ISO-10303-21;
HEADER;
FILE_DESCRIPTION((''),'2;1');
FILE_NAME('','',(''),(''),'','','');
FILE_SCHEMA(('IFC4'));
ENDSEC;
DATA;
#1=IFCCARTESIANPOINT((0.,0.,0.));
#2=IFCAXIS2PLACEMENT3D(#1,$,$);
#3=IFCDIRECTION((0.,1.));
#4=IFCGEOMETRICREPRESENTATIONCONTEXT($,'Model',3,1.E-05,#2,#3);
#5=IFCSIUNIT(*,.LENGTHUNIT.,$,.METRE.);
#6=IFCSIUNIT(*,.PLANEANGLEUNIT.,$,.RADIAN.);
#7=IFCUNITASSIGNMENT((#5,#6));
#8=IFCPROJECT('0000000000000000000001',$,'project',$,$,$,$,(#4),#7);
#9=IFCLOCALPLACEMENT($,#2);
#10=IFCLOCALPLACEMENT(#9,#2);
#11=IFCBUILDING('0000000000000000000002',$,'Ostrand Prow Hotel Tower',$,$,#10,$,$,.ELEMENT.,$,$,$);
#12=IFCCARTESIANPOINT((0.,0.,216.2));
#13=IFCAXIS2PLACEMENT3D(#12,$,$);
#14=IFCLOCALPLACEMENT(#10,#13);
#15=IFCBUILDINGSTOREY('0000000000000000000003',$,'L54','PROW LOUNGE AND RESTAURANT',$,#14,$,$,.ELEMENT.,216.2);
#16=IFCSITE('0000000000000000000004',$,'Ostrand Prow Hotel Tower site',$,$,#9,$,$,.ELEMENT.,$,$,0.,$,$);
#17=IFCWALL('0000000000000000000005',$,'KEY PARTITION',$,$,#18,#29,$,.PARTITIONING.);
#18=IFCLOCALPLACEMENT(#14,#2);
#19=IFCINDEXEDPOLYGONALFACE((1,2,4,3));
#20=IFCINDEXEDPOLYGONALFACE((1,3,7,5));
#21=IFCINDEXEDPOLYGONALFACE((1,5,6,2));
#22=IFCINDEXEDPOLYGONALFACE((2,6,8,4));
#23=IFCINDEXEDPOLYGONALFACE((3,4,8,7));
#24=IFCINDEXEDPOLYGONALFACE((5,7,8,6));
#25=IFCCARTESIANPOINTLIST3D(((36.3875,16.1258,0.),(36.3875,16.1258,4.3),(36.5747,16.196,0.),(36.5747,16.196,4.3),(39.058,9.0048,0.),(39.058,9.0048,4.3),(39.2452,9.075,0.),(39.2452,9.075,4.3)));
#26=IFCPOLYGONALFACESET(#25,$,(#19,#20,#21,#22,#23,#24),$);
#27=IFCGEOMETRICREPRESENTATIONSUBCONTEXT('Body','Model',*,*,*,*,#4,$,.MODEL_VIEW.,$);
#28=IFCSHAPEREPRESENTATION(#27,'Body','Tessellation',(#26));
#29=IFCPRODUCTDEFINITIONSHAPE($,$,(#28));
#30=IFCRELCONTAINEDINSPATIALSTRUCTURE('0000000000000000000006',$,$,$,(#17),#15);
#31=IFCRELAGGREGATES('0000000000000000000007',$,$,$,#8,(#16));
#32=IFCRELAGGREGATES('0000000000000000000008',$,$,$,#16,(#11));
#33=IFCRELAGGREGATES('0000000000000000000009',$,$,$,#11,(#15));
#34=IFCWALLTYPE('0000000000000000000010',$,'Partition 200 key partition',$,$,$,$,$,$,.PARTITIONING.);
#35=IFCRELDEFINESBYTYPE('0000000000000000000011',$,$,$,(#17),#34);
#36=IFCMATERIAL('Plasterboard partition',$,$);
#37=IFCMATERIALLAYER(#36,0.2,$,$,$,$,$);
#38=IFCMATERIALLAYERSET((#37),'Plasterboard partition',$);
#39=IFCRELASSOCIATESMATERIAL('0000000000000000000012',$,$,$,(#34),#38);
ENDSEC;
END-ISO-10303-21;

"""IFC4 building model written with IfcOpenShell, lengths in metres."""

from ifc_helpers import new_model, si_unit, direction, frame, frame_2d, origin, place, context, subcontext, project, spatial, rectangle, extrude, material, layer, layer_set, type_object, element, save


model = new_model("IFC4")

# Units and contexts
model_context = context("Model", 3, precision=1e-05, world=origin(), true_north=direction((0.0, 1.0)))
body_context = subcontext(model_context, "Body", "Model", "MODEL_VIEW")
ifc_project = project(units=[si_unit("LENGTHUNIT", "METRE"), si_unit("PLANEANGLEUNIT", "RADIAN")], contexts=[model_context])

# Site, building, storey
site_placement = place(None, origin())
site = spatial("IfcSite", under=ifc_project, at=site_placement, Name="Ostrand Prow Hotel Tower site", CompositionType="ELEMENT", RefElevation=0.0)
building_placement = place(site_placement, origin())
building = spatial("IfcBuilding", under=site, at=building_placement, Name="Ostrand Prow Hotel Tower", CompositionType="ELEMENT")
storey_placement = place(building_placement, frame((0.0, 0.0, 216.2)))
storey = spatial("IfcBuildingStorey", under=building, at=storey_placement, Name="L54", Description="PROW LOUNGE AND RESTAURANT", CompositionType="ELEMENT", Elevation=216.2)

# Wall
ifc_material_1 = material(Name="Plasterboard partition")
ifc_layer_1 = layer(ifc_material_1, 0.2)
ifc_layer_set_1 = layer_set([ifc_layer_1], Name="Plasterboard partition")
wall_type_1 = type_object("IfcWallType", Name="Partition 200 key partition", PredefinedType="PARTITIONING", material=ifc_layer_set_1)
wall_1_placement = place(storey_placement, frame((39.1516, 9.0398, 0.0), z_axis=(0.0, 0.0, 1.0), x_axis=(-0.351134, 0.936325, 0.0)))
element("IfcWall", 1, at=wall_1_placement, inside=storey, type_object=wall_type_1, Name="KEY PARTITION", PredefinedType="PARTITIONING", context=body_context, shape_type="SweptSolid", body=[
    extrude(rectangle(XDim=7.6052, YDim=0.2, at=frame_2d((3.8027, 0.0))), origin(), (0.0, 0.0, 1.0), 4.3),
])

save(model, "model.ifc")
